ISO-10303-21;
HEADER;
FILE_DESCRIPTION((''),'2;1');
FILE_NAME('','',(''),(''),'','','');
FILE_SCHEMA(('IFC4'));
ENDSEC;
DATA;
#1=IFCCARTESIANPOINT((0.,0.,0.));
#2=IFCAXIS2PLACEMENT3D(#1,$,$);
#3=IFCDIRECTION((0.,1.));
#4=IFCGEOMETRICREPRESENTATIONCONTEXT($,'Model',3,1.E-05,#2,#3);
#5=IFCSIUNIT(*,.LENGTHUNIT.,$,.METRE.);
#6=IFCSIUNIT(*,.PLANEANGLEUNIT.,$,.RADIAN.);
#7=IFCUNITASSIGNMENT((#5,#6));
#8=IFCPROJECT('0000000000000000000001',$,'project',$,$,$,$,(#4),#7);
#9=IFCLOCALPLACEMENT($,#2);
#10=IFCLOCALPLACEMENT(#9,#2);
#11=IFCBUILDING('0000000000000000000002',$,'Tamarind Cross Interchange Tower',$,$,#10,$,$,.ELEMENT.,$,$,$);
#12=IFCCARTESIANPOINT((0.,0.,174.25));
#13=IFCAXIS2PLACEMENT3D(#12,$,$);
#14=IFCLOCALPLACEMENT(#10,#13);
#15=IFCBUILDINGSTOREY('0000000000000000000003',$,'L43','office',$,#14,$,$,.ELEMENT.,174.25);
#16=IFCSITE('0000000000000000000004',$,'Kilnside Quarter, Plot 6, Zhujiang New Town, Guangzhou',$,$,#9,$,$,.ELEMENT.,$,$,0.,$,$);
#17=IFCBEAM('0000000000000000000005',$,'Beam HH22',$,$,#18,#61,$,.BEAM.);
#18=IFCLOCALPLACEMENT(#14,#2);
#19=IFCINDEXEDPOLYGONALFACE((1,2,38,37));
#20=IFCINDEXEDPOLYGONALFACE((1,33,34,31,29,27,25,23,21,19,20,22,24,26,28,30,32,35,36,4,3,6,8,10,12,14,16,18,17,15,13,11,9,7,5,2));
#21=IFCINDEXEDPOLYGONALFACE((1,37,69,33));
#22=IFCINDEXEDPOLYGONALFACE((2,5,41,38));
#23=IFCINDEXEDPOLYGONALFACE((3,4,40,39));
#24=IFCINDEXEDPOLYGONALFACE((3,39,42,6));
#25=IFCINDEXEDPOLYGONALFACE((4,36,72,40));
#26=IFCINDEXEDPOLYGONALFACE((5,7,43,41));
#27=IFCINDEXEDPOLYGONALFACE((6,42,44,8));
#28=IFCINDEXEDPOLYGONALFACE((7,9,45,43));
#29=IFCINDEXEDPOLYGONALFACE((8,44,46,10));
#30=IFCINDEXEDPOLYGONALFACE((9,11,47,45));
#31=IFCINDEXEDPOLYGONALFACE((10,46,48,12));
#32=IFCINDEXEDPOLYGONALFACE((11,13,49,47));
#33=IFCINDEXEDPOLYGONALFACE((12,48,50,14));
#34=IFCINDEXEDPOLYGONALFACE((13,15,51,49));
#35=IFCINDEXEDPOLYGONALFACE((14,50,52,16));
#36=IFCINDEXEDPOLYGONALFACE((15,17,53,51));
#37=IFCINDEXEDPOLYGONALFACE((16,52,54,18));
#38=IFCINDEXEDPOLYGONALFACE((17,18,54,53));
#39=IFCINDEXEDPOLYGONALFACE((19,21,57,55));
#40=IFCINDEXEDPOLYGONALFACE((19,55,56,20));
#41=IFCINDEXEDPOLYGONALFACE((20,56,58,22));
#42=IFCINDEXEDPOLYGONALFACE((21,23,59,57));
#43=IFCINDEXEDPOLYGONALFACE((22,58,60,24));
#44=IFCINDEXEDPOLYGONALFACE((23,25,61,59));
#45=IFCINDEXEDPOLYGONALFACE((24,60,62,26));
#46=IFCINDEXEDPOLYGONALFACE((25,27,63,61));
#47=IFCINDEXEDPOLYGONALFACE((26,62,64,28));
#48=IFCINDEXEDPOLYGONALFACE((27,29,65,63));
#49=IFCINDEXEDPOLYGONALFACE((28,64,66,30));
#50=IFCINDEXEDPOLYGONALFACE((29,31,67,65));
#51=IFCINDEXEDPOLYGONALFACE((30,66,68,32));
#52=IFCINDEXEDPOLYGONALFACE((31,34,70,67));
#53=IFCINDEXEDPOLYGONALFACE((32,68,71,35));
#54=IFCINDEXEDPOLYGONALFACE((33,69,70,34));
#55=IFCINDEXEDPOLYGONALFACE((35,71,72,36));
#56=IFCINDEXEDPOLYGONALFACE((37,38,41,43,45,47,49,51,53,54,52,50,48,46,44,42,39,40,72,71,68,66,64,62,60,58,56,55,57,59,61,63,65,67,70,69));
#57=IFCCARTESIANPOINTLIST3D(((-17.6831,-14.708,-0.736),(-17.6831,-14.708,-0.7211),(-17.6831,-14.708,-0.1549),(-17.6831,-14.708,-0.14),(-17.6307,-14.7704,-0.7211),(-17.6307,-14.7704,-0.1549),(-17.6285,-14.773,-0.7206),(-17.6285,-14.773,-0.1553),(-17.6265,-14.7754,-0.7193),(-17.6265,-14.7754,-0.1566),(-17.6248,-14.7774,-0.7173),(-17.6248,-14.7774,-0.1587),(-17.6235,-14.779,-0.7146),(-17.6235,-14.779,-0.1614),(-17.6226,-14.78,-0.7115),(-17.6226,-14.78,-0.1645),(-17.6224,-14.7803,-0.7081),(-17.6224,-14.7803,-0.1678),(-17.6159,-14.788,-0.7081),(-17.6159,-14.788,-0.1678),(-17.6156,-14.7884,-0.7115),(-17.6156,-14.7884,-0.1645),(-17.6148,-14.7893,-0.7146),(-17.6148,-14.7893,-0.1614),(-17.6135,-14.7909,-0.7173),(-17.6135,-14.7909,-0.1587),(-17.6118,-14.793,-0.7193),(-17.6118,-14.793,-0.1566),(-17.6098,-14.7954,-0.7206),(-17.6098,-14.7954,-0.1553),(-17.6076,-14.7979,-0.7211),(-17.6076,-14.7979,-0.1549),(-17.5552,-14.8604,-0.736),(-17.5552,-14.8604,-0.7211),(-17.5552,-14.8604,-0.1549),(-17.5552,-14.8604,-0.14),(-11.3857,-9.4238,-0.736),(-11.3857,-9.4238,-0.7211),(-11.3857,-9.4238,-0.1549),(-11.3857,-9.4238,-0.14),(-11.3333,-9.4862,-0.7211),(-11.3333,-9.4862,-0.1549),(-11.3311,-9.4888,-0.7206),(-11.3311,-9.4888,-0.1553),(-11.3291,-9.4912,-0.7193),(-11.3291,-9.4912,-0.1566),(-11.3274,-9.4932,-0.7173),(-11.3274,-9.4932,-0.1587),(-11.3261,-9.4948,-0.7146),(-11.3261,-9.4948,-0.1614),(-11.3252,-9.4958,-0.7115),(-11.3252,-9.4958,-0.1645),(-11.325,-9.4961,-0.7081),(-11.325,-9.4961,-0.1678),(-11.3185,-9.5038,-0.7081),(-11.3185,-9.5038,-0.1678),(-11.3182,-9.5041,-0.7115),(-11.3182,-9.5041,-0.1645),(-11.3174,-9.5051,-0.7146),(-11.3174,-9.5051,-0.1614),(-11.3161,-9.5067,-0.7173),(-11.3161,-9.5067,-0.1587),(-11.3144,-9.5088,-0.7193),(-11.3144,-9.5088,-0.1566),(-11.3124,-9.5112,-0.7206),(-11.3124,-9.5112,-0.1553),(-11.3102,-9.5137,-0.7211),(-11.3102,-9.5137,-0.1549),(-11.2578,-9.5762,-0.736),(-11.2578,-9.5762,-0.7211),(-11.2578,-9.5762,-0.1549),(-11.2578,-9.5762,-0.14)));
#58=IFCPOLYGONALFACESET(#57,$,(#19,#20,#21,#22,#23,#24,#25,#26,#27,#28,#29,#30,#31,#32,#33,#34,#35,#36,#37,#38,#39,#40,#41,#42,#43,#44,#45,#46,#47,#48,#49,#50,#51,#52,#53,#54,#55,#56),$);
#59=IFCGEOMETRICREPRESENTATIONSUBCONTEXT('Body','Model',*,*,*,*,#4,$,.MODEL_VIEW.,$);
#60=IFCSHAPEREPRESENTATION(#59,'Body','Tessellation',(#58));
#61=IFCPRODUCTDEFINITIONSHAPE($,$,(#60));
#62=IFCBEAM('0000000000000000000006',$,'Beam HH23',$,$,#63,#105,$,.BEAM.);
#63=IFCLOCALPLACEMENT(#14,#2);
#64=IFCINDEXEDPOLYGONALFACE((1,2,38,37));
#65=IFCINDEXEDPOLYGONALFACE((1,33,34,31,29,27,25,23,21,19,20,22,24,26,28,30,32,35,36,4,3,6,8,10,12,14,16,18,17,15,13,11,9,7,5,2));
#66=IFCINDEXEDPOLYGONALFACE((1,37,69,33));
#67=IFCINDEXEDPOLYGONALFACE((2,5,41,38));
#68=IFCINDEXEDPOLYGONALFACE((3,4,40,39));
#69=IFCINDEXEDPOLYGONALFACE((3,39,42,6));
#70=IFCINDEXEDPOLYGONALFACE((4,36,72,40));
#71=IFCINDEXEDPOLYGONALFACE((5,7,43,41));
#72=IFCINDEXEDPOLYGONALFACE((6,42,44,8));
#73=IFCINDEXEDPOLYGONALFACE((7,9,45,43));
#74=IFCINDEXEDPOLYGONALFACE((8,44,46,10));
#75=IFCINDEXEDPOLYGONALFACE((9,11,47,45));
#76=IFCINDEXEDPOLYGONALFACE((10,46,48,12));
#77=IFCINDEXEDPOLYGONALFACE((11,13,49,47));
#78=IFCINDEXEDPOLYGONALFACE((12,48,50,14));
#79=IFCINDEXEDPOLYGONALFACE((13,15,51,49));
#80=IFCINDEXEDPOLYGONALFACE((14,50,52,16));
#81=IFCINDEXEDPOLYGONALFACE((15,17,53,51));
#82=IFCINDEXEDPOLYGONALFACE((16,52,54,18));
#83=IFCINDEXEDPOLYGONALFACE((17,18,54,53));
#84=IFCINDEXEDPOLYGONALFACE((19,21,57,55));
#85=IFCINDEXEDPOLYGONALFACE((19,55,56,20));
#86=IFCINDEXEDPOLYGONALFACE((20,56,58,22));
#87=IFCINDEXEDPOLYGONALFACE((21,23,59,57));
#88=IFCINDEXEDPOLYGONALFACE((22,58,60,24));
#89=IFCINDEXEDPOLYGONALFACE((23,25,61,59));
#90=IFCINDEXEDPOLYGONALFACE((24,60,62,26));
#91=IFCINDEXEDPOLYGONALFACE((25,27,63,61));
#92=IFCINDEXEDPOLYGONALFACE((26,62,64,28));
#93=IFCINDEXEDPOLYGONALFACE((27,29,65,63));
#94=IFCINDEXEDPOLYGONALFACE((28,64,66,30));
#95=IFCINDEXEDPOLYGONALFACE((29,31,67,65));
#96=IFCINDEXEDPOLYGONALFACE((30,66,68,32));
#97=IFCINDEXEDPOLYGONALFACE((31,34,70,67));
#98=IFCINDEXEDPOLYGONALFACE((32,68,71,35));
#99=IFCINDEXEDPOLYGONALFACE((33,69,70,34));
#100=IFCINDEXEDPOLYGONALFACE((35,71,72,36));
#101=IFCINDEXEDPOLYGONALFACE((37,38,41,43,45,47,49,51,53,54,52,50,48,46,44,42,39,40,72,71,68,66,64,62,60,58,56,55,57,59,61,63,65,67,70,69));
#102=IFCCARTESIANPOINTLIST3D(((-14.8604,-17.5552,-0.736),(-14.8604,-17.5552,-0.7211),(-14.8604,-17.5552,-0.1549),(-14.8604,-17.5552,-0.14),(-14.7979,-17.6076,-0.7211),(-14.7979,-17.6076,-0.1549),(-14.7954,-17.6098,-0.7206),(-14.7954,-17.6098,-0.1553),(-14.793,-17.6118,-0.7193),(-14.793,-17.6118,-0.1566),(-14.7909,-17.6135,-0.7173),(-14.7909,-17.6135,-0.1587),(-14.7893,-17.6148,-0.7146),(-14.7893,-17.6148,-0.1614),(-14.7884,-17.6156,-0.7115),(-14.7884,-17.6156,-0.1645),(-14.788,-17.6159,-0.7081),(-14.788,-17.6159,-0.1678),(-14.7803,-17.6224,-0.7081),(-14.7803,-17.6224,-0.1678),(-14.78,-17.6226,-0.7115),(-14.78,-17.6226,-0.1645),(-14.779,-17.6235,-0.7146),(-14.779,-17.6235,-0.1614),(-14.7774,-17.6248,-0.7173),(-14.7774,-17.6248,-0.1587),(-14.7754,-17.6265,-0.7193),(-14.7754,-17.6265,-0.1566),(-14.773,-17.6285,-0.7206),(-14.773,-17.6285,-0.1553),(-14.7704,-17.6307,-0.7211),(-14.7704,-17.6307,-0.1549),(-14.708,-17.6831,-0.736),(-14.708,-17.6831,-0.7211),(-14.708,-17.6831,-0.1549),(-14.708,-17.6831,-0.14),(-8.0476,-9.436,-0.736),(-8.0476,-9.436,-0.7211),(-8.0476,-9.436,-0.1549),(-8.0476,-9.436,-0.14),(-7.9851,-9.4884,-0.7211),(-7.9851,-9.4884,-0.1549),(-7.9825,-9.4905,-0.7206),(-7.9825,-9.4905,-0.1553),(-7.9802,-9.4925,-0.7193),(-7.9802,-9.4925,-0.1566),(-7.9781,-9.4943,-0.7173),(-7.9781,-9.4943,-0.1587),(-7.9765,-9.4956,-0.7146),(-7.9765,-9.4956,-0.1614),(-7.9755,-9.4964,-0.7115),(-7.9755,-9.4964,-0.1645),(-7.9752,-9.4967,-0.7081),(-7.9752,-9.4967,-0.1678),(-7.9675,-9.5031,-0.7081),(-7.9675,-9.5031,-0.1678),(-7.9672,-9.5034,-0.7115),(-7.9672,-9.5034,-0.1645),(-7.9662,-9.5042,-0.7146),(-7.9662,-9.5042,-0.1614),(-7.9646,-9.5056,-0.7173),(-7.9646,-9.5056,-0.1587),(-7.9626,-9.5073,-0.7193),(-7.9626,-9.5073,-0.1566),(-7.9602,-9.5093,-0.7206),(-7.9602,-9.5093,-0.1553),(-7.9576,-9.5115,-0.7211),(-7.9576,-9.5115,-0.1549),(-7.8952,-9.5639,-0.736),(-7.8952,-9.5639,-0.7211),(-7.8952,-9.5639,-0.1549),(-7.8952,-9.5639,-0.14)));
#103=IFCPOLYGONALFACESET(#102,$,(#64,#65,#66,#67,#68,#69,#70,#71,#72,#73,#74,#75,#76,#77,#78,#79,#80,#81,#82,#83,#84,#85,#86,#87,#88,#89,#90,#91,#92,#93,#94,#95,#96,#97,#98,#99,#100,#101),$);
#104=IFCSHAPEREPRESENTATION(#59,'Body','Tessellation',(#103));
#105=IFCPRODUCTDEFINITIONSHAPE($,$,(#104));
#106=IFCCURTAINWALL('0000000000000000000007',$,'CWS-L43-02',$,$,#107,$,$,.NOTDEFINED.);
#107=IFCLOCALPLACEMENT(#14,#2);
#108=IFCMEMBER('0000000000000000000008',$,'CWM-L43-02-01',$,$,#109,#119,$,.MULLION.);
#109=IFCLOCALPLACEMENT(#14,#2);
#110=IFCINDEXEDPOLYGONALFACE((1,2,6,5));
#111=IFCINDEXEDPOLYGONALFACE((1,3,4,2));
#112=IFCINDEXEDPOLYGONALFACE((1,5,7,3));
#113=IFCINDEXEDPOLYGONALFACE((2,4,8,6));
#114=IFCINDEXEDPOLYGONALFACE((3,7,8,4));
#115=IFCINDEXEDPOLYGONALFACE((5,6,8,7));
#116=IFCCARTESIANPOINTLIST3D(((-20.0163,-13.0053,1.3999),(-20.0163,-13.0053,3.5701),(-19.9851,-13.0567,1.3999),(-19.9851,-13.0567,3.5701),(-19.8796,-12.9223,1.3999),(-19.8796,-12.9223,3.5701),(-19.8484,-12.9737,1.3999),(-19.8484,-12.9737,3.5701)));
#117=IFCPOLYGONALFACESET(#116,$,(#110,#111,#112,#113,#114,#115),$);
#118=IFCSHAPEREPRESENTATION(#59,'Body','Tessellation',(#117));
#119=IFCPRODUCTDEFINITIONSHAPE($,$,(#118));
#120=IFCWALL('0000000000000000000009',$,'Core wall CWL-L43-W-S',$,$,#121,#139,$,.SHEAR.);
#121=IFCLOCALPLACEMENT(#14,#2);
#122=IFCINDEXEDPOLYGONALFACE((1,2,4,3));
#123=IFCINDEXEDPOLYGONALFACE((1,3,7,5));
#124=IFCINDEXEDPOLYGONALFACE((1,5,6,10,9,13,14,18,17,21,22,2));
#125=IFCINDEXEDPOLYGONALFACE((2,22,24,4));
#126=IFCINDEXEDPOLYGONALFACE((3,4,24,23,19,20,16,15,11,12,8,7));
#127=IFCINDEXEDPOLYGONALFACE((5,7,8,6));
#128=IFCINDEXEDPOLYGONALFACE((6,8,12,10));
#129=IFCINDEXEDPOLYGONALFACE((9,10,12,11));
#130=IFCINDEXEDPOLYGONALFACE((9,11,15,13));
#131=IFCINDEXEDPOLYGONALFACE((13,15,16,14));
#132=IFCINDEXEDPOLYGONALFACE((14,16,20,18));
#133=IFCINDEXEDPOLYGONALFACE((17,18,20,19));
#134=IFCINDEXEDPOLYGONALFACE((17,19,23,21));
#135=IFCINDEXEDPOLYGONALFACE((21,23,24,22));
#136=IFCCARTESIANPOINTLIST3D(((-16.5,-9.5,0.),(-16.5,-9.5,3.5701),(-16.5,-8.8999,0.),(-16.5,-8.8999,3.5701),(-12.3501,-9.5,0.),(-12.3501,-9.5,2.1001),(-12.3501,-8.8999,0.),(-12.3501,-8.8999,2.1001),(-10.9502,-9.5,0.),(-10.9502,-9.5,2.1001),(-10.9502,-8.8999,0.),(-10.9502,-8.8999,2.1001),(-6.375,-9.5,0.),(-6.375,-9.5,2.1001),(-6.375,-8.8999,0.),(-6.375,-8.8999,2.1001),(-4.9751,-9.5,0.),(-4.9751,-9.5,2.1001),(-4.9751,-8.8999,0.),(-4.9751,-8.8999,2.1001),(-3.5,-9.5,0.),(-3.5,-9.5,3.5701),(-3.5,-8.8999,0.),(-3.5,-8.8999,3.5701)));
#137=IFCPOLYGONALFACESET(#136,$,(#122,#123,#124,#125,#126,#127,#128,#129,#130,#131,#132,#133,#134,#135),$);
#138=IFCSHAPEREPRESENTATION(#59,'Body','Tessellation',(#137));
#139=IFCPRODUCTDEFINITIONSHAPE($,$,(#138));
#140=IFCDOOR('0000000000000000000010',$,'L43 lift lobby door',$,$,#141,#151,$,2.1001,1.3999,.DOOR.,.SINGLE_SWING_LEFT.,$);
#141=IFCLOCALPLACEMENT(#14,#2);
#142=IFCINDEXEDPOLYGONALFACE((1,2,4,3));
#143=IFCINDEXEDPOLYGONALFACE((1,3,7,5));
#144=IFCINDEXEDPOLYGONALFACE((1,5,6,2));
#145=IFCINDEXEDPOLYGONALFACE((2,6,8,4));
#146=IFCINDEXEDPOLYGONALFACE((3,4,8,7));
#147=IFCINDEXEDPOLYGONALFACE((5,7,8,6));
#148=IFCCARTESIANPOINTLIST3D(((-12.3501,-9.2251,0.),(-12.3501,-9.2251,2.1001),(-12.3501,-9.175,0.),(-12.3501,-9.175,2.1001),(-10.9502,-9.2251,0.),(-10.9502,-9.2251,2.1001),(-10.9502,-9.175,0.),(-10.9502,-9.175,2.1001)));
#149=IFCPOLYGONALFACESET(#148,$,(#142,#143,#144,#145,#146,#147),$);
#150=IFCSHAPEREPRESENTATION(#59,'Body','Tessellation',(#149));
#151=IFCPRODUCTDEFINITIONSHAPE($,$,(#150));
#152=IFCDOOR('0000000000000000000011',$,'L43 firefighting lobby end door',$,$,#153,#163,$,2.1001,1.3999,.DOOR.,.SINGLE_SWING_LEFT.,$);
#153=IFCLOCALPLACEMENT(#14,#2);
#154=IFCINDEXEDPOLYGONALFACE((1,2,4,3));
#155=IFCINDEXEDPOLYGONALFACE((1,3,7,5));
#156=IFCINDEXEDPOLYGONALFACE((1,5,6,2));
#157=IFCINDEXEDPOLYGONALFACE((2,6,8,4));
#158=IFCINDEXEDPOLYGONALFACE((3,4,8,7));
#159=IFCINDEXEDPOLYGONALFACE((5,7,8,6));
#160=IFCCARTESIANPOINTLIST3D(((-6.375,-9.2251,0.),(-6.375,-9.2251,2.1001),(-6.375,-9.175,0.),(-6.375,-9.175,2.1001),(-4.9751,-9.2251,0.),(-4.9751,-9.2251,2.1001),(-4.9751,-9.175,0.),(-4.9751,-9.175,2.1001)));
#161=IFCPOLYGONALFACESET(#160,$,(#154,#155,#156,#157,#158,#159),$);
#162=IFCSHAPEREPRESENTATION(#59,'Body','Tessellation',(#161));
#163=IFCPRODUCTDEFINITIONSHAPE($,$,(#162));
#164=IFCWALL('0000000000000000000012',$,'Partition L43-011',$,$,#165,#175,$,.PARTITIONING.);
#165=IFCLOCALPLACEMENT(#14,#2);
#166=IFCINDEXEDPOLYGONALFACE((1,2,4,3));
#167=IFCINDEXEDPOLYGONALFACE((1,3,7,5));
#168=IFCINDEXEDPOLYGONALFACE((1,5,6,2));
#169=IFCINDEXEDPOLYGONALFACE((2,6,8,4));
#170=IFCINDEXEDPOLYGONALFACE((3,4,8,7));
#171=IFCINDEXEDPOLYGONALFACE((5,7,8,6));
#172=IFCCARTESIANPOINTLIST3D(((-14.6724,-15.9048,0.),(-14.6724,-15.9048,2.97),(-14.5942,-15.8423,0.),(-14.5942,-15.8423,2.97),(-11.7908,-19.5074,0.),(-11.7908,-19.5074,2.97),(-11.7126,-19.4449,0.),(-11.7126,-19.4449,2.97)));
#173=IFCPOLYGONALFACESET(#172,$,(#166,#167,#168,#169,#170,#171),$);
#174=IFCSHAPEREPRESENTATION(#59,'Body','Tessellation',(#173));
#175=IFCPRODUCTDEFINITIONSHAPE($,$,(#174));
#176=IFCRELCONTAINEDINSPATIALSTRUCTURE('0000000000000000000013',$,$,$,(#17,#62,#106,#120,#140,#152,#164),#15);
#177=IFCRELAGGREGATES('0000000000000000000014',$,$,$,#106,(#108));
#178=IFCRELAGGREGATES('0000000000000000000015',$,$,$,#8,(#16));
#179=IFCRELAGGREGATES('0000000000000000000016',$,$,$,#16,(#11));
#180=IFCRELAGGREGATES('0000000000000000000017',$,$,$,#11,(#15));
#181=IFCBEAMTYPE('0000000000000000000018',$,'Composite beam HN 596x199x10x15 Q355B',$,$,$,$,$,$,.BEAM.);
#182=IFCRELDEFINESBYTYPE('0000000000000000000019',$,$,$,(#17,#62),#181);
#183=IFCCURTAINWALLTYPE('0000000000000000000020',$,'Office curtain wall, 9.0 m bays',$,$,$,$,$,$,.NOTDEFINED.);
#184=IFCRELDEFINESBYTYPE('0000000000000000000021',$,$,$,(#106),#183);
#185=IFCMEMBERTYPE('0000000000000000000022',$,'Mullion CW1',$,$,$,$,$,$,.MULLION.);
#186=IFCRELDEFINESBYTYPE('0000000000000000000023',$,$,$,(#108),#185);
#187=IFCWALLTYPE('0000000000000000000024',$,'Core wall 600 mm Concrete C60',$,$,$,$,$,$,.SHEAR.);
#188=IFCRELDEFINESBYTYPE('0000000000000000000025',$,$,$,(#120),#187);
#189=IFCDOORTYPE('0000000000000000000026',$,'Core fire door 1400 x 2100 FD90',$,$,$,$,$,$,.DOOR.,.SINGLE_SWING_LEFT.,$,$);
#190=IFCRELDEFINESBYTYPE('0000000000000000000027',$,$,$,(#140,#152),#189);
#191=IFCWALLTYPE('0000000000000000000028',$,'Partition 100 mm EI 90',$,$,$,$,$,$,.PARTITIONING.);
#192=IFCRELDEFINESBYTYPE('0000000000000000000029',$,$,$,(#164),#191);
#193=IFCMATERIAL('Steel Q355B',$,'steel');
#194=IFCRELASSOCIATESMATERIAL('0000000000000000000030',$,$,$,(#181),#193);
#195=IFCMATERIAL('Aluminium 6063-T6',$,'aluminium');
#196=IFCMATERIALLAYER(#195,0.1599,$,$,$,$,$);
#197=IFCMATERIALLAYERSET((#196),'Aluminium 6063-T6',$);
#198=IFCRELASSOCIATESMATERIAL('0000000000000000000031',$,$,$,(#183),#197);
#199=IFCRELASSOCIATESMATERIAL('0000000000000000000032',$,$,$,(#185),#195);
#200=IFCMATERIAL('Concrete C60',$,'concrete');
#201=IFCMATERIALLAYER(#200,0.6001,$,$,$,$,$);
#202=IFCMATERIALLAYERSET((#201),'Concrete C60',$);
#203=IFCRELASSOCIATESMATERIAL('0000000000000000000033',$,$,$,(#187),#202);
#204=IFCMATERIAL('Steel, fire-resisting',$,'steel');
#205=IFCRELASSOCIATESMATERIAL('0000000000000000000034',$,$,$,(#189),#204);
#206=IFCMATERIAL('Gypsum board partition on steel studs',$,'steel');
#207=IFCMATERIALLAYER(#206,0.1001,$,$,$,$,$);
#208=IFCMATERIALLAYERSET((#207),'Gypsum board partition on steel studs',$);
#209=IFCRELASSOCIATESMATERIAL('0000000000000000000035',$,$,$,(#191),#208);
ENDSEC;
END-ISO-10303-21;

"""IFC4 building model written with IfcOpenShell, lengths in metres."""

from ifc_helpers import new_model, si_unit, direction, frame, frame_2d, origin, origin_2d, place, context, subcontext, project, spatial, rectangle, i_section, extrude, material, layer, layer_set, material_profile, profile_set, type_object, element, fill, aggregate, save


model = new_model("IFC4")

# Units and contexts
model_context = context("Model", 3, precision=1e-05, world=origin(), true_north=direction((0.0, 1.0)))
body_context = subcontext(model_context, "Body", "Model", "MODEL_VIEW")
ifc_project = project(units=[si_unit("LENGTHUNIT", "METRE"), si_unit("PLANEANGLEUNIT", "RADIAN")], contexts=[model_context])

# Site, building, storey
site_placement = place(None, origin())
site = spatial("IfcSite", under=ifc_project, at=site_placement, Name="Kilnside Quarter, Plot 6, Zhujiang New Town, Guangzhou", CompositionType="ELEMENT", RefElevation=0.0)
building_placement = place(site_placement, origin())
building = spatial("IfcBuilding", under=site, at=building_placement, Name="Tamarind Cross Interchange Tower", CompositionType="ELEMENT")
storey_placement = place(building_placement, frame((0.0, 0.0, 174.25)))
storey = spatial("IfcBuildingStorey", under=building, at=storey_placement, Name="L43", Description="office", CompositionType="ELEMENT", Elevation=174.25)

# Shared definitions
ifc_material_1 = material(Name="Concrete C60", Category="concrete")

# Beams
ifc_material_2 = material(Name="Steel Q355B", Category="steel")
ifc_material_profile_1 = material_profile(ifc_material_2, i_section(OverallWidth=0.199, OverallDepth=0.5959, WebThickness=0.01, FlangeThickness=0.0149, FilletRadius=0.0129, at=origin_2d()), Name="HN 596x199x10x15")
ifc_profile_set_1 = profile_set([ifc_material_profile_1], Name="Steel Q355B")
beam_type_1 = type_object("IfcBeamType", Name="Composite beam HN 596x199x10x15 Q355B", PredefinedType="BEAM", material=ifc_profile_set_1)
beam_1_placement = place(storey_placement, frame((-17.6191, -14.7842, -0.438), z_axis=(0.766041, 0.642792, 0.0), x_axis=(-0.642792, 0.766041, 0.0)))
element("IfcBeam", 1, at=beam_1_placement, inside=storey, type_object=beam_type_1, Name="Beam HH22", PredefinedType="BEAM", context=body_context, shape_type="SweptSolid", body=[
    extrude(i_section(OverallWidth=0.199, OverallDepth=0.5959, WebThickness=0.01, FlangeThickness=0.0149, FilletRadius=0.0129, at=origin_2d()), origin(), (0.0, 0.0, 1.0), 8.2207),
])
beam_2_placement = place(storey_placement, frame((-14.7842, -17.6191, -0.438), z_axis=(0.642786, 0.766046, 0.0), x_axis=(-0.766046, 0.642786, 0.0)))
element("IfcBeam", 2, at=beam_2_placement, inside=storey, type_object=beam_type_1, Name="Beam HH23", PredefinedType="BEAM", context=body_context, shape_type="SweptSolid", body=[
    extrude(i_section(OverallWidth=0.199, OverallDepth=0.5959, WebThickness=0.01, FlangeThickness=0.0149, FilletRadius=0.0129, at=origin_2d()), origin(), (0.0, 0.0, 1.0), 10.5989),
])

# Curtain wall, member
ifc_material_3 = material(Name="Aluminium 6063-T6", Category="aluminium")
ifc_layer_1 = layer(ifc_material_3, 0.1599)
ifc_layer_set_1 = layer_set([ifc_layer_1], Name="Aluminium 6063-T6")
curtain_wall_type = type_object("IfcCurtainWallType", Name="Office curtain wall, 9.0 m bays", PredefinedType="NOTDEFINED", material=ifc_layer_set_1)
curtain_wall_placement = place(storey_placement, origin())
curtain_wall = element("IfcCurtainWall", 3, at=curtain_wall_placement, inside=storey, type_object=curtain_wall_type, Name="CWS-L43-02", PredefinedType="NOTDEFINED")
ifc_material_profile_2 = material_profile(ifc_material_3, rectangle(XDim=0.0601, YDim=0.1599, at=origin_2d()), Name="Mullion CW1")
ifc_profile_set_2 = profile_set([ifc_material_profile_2], Name="Aluminium 6063-T6")
member_type = type_object("IfcMemberType", Name="Mullion CW1", PredefinedType="MULLION", material=ifc_profile_set_2)
member_placement = place(storey_placement, frame((-19.9324, -12.9895, 1.3999), z_axis=(0.0, 0.0, 1.0), x_axis=(0.519184, -0.854663, 0.0)))
member = element("IfcMember", 4, at=member_placement, type_object=member_type, Name="CWM-L43-02-01", PredefinedType="MULLION", context=body_context, shape_type="SweptSolid", body=[
    extrude(rectangle(XDim=0.0601, YDim=0.1599, at=origin_2d()), origin(), (0.0, 0.0, 1.0), 2.1702),
])
aggregate(curtain_wall, [member])

# Wall, openings, doors
ifc_layer_2 = layer(ifc_material_1, 0.6001)
ifc_layer_set_2 = layer_set([ifc_layer_2], Name="Concrete C60")
wall_type_1 = type_object("IfcWallType", Name="Core wall 600 mm Concrete C60", PredefinedType="SHEAR", material=ifc_layer_set_2)
wall_1_placement = place(storey_placement, frame((-16.5, -9.2, 0.0), z_axis=(0.0, 0.0, 1.0), x_axis=(1.0, 0.0, 0.0)))
wall_1 = element("IfcWall", 5, at=wall_1_placement, inside=storey, type_object=wall_type_1, Name="Core wall CWL-L43-W-S", PredefinedType="SHEAR", context=body_context, shape_type="SweptSolid", body=[
    extrude(rectangle(XDim=13.0, YDim=0.6001, at=frame_2d((6.5, 0.0))), origin(), (0.0, 0.0, 1.0), 3.5701),
])
opening_1_placement = place(wall_1_placement, frame((4.1499, 0.0, 0.0)))
opening_1 = element("IfcOpeningElement", 6, at=opening_1_placement, cuts=wall_1, PredefinedType="OPENING", context=body_context, shape_type="SweptSolid", body=[
    extrude(rectangle(XDim=1.3999, YDim=2.1001, at=frame_2d((0.7, 1.05))), frame((0.0, 0.3101, 0.0), z_axis=(0.0, -1.0, 0.0), x_axis=(1.0, 0.0, 0.0)), (0.0, 0.0, 1.0), 0.6201),
])
opening_2_placement = place(wall_1_placement, frame((10.125, 0.0, 0.0)))
opening_2 = element("IfcOpeningElement", 7, at=opening_2_placement, cuts=wall_1, PredefinedType="OPENING", context=body_context, shape_type="SweptSolid", body=[
    extrude(rectangle(XDim=1.3999, YDim=2.1001, at=frame_2d((0.7, 1.05))), frame((0.0, 0.3101, 0.0), z_axis=(0.0, -1.0, 0.0), x_axis=(1.0, 0.0, 0.0)), (0.0, 0.0, 1.0), 0.6201),
])
ifc_material_4 = material(Name="Steel, fire-resisting", Category="steel")
door_type_1 = type_object("IfcDoorType", Name="Core fire door 1400 x 2100 FD90", OperationType="SINGLE_SWING_LEFT", PredefinedType="DOOR", material=ifc_material_4)
door_1_placement = place(opening_1_placement, origin())
door_1 = element("IfcDoor", 8, at=door_1_placement, inside=storey, type_object=door_type_1, Name="L43 lift lobby door", OperationType="SINGLE_SWING_LEFT", OverallHeight=2.1001, OverallWidth=1.3999, PredefinedType="DOOR", context=body_context, shape_type="SweptSolid", body=[
    extrude(rectangle(XDim=1.3999, YDim=2.1001, at=frame_2d((0.7, 1.05))), frame((0.0, 0.0249, 0.0), z_axis=(0.0, -1.0, 0.0), x_axis=(1.0, 0.0, 0.0)), (0.0, 0.0, 1.0), 0.05),
])
fill(opening_1, door_1)
door_2_placement = place(opening_2_placement, origin())
door_2 = element("IfcDoor", 9, at=door_2_placement, inside=storey, type_object=door_type_1, Name="L43 firefighting lobby end door", OperationType="SINGLE_SWING_LEFT", OverallHeight=2.1001, OverallWidth=1.3999, PredefinedType="DOOR", context=body_context, shape_type="SweptSolid", body=[
    extrude(rectangle(XDim=1.3999, YDim=2.1001, at=frame_2d((0.7, 1.05))), frame((0.0, 0.0249, 0.0), z_axis=(0.0, -1.0, 0.0), x_axis=(1.0, 0.0, 0.0)), (0.0, 0.0, 1.0), 0.05),
])
fill(opening_2, door_2)

# Wall
ifc_material_5 = material(Name="Gypsum board partition on steel studs", Category="steel")
ifc_layer_3 = layer(ifc_material_5, 0.1001)
ifc_layer_set_3 = layer_set([ifc_layer_3], Name="Gypsum board partition on steel studs")
wall_type_2 = type_object("IfcWallType", Name="Partition 100 mm EI 90", PredefinedType="PARTITIONING", material=ifc_layer_set_3)
wall_2_placement = place(storey_placement, frame((-14.6333, -15.8735, 0.0), z_axis=(0.0, 0.0, 1.0), x_axis=(0.624637, -0.780915, 0.0)))
element("IfcWall", 10, at=wall_2_placement, inside=storey, type_object=wall_type_2, Name="Partition L43-011", PredefinedType="PARTITIONING", context=body_context, shape_type="SweptSolid", body=[
    extrude(rectangle(XDim=4.6133, YDim=0.1001, at=frame_2d((2.3066, 0.0))), origin(), (0.0, 0.0, 1.0), 2.97),
])

save(model, "model.ifc")
